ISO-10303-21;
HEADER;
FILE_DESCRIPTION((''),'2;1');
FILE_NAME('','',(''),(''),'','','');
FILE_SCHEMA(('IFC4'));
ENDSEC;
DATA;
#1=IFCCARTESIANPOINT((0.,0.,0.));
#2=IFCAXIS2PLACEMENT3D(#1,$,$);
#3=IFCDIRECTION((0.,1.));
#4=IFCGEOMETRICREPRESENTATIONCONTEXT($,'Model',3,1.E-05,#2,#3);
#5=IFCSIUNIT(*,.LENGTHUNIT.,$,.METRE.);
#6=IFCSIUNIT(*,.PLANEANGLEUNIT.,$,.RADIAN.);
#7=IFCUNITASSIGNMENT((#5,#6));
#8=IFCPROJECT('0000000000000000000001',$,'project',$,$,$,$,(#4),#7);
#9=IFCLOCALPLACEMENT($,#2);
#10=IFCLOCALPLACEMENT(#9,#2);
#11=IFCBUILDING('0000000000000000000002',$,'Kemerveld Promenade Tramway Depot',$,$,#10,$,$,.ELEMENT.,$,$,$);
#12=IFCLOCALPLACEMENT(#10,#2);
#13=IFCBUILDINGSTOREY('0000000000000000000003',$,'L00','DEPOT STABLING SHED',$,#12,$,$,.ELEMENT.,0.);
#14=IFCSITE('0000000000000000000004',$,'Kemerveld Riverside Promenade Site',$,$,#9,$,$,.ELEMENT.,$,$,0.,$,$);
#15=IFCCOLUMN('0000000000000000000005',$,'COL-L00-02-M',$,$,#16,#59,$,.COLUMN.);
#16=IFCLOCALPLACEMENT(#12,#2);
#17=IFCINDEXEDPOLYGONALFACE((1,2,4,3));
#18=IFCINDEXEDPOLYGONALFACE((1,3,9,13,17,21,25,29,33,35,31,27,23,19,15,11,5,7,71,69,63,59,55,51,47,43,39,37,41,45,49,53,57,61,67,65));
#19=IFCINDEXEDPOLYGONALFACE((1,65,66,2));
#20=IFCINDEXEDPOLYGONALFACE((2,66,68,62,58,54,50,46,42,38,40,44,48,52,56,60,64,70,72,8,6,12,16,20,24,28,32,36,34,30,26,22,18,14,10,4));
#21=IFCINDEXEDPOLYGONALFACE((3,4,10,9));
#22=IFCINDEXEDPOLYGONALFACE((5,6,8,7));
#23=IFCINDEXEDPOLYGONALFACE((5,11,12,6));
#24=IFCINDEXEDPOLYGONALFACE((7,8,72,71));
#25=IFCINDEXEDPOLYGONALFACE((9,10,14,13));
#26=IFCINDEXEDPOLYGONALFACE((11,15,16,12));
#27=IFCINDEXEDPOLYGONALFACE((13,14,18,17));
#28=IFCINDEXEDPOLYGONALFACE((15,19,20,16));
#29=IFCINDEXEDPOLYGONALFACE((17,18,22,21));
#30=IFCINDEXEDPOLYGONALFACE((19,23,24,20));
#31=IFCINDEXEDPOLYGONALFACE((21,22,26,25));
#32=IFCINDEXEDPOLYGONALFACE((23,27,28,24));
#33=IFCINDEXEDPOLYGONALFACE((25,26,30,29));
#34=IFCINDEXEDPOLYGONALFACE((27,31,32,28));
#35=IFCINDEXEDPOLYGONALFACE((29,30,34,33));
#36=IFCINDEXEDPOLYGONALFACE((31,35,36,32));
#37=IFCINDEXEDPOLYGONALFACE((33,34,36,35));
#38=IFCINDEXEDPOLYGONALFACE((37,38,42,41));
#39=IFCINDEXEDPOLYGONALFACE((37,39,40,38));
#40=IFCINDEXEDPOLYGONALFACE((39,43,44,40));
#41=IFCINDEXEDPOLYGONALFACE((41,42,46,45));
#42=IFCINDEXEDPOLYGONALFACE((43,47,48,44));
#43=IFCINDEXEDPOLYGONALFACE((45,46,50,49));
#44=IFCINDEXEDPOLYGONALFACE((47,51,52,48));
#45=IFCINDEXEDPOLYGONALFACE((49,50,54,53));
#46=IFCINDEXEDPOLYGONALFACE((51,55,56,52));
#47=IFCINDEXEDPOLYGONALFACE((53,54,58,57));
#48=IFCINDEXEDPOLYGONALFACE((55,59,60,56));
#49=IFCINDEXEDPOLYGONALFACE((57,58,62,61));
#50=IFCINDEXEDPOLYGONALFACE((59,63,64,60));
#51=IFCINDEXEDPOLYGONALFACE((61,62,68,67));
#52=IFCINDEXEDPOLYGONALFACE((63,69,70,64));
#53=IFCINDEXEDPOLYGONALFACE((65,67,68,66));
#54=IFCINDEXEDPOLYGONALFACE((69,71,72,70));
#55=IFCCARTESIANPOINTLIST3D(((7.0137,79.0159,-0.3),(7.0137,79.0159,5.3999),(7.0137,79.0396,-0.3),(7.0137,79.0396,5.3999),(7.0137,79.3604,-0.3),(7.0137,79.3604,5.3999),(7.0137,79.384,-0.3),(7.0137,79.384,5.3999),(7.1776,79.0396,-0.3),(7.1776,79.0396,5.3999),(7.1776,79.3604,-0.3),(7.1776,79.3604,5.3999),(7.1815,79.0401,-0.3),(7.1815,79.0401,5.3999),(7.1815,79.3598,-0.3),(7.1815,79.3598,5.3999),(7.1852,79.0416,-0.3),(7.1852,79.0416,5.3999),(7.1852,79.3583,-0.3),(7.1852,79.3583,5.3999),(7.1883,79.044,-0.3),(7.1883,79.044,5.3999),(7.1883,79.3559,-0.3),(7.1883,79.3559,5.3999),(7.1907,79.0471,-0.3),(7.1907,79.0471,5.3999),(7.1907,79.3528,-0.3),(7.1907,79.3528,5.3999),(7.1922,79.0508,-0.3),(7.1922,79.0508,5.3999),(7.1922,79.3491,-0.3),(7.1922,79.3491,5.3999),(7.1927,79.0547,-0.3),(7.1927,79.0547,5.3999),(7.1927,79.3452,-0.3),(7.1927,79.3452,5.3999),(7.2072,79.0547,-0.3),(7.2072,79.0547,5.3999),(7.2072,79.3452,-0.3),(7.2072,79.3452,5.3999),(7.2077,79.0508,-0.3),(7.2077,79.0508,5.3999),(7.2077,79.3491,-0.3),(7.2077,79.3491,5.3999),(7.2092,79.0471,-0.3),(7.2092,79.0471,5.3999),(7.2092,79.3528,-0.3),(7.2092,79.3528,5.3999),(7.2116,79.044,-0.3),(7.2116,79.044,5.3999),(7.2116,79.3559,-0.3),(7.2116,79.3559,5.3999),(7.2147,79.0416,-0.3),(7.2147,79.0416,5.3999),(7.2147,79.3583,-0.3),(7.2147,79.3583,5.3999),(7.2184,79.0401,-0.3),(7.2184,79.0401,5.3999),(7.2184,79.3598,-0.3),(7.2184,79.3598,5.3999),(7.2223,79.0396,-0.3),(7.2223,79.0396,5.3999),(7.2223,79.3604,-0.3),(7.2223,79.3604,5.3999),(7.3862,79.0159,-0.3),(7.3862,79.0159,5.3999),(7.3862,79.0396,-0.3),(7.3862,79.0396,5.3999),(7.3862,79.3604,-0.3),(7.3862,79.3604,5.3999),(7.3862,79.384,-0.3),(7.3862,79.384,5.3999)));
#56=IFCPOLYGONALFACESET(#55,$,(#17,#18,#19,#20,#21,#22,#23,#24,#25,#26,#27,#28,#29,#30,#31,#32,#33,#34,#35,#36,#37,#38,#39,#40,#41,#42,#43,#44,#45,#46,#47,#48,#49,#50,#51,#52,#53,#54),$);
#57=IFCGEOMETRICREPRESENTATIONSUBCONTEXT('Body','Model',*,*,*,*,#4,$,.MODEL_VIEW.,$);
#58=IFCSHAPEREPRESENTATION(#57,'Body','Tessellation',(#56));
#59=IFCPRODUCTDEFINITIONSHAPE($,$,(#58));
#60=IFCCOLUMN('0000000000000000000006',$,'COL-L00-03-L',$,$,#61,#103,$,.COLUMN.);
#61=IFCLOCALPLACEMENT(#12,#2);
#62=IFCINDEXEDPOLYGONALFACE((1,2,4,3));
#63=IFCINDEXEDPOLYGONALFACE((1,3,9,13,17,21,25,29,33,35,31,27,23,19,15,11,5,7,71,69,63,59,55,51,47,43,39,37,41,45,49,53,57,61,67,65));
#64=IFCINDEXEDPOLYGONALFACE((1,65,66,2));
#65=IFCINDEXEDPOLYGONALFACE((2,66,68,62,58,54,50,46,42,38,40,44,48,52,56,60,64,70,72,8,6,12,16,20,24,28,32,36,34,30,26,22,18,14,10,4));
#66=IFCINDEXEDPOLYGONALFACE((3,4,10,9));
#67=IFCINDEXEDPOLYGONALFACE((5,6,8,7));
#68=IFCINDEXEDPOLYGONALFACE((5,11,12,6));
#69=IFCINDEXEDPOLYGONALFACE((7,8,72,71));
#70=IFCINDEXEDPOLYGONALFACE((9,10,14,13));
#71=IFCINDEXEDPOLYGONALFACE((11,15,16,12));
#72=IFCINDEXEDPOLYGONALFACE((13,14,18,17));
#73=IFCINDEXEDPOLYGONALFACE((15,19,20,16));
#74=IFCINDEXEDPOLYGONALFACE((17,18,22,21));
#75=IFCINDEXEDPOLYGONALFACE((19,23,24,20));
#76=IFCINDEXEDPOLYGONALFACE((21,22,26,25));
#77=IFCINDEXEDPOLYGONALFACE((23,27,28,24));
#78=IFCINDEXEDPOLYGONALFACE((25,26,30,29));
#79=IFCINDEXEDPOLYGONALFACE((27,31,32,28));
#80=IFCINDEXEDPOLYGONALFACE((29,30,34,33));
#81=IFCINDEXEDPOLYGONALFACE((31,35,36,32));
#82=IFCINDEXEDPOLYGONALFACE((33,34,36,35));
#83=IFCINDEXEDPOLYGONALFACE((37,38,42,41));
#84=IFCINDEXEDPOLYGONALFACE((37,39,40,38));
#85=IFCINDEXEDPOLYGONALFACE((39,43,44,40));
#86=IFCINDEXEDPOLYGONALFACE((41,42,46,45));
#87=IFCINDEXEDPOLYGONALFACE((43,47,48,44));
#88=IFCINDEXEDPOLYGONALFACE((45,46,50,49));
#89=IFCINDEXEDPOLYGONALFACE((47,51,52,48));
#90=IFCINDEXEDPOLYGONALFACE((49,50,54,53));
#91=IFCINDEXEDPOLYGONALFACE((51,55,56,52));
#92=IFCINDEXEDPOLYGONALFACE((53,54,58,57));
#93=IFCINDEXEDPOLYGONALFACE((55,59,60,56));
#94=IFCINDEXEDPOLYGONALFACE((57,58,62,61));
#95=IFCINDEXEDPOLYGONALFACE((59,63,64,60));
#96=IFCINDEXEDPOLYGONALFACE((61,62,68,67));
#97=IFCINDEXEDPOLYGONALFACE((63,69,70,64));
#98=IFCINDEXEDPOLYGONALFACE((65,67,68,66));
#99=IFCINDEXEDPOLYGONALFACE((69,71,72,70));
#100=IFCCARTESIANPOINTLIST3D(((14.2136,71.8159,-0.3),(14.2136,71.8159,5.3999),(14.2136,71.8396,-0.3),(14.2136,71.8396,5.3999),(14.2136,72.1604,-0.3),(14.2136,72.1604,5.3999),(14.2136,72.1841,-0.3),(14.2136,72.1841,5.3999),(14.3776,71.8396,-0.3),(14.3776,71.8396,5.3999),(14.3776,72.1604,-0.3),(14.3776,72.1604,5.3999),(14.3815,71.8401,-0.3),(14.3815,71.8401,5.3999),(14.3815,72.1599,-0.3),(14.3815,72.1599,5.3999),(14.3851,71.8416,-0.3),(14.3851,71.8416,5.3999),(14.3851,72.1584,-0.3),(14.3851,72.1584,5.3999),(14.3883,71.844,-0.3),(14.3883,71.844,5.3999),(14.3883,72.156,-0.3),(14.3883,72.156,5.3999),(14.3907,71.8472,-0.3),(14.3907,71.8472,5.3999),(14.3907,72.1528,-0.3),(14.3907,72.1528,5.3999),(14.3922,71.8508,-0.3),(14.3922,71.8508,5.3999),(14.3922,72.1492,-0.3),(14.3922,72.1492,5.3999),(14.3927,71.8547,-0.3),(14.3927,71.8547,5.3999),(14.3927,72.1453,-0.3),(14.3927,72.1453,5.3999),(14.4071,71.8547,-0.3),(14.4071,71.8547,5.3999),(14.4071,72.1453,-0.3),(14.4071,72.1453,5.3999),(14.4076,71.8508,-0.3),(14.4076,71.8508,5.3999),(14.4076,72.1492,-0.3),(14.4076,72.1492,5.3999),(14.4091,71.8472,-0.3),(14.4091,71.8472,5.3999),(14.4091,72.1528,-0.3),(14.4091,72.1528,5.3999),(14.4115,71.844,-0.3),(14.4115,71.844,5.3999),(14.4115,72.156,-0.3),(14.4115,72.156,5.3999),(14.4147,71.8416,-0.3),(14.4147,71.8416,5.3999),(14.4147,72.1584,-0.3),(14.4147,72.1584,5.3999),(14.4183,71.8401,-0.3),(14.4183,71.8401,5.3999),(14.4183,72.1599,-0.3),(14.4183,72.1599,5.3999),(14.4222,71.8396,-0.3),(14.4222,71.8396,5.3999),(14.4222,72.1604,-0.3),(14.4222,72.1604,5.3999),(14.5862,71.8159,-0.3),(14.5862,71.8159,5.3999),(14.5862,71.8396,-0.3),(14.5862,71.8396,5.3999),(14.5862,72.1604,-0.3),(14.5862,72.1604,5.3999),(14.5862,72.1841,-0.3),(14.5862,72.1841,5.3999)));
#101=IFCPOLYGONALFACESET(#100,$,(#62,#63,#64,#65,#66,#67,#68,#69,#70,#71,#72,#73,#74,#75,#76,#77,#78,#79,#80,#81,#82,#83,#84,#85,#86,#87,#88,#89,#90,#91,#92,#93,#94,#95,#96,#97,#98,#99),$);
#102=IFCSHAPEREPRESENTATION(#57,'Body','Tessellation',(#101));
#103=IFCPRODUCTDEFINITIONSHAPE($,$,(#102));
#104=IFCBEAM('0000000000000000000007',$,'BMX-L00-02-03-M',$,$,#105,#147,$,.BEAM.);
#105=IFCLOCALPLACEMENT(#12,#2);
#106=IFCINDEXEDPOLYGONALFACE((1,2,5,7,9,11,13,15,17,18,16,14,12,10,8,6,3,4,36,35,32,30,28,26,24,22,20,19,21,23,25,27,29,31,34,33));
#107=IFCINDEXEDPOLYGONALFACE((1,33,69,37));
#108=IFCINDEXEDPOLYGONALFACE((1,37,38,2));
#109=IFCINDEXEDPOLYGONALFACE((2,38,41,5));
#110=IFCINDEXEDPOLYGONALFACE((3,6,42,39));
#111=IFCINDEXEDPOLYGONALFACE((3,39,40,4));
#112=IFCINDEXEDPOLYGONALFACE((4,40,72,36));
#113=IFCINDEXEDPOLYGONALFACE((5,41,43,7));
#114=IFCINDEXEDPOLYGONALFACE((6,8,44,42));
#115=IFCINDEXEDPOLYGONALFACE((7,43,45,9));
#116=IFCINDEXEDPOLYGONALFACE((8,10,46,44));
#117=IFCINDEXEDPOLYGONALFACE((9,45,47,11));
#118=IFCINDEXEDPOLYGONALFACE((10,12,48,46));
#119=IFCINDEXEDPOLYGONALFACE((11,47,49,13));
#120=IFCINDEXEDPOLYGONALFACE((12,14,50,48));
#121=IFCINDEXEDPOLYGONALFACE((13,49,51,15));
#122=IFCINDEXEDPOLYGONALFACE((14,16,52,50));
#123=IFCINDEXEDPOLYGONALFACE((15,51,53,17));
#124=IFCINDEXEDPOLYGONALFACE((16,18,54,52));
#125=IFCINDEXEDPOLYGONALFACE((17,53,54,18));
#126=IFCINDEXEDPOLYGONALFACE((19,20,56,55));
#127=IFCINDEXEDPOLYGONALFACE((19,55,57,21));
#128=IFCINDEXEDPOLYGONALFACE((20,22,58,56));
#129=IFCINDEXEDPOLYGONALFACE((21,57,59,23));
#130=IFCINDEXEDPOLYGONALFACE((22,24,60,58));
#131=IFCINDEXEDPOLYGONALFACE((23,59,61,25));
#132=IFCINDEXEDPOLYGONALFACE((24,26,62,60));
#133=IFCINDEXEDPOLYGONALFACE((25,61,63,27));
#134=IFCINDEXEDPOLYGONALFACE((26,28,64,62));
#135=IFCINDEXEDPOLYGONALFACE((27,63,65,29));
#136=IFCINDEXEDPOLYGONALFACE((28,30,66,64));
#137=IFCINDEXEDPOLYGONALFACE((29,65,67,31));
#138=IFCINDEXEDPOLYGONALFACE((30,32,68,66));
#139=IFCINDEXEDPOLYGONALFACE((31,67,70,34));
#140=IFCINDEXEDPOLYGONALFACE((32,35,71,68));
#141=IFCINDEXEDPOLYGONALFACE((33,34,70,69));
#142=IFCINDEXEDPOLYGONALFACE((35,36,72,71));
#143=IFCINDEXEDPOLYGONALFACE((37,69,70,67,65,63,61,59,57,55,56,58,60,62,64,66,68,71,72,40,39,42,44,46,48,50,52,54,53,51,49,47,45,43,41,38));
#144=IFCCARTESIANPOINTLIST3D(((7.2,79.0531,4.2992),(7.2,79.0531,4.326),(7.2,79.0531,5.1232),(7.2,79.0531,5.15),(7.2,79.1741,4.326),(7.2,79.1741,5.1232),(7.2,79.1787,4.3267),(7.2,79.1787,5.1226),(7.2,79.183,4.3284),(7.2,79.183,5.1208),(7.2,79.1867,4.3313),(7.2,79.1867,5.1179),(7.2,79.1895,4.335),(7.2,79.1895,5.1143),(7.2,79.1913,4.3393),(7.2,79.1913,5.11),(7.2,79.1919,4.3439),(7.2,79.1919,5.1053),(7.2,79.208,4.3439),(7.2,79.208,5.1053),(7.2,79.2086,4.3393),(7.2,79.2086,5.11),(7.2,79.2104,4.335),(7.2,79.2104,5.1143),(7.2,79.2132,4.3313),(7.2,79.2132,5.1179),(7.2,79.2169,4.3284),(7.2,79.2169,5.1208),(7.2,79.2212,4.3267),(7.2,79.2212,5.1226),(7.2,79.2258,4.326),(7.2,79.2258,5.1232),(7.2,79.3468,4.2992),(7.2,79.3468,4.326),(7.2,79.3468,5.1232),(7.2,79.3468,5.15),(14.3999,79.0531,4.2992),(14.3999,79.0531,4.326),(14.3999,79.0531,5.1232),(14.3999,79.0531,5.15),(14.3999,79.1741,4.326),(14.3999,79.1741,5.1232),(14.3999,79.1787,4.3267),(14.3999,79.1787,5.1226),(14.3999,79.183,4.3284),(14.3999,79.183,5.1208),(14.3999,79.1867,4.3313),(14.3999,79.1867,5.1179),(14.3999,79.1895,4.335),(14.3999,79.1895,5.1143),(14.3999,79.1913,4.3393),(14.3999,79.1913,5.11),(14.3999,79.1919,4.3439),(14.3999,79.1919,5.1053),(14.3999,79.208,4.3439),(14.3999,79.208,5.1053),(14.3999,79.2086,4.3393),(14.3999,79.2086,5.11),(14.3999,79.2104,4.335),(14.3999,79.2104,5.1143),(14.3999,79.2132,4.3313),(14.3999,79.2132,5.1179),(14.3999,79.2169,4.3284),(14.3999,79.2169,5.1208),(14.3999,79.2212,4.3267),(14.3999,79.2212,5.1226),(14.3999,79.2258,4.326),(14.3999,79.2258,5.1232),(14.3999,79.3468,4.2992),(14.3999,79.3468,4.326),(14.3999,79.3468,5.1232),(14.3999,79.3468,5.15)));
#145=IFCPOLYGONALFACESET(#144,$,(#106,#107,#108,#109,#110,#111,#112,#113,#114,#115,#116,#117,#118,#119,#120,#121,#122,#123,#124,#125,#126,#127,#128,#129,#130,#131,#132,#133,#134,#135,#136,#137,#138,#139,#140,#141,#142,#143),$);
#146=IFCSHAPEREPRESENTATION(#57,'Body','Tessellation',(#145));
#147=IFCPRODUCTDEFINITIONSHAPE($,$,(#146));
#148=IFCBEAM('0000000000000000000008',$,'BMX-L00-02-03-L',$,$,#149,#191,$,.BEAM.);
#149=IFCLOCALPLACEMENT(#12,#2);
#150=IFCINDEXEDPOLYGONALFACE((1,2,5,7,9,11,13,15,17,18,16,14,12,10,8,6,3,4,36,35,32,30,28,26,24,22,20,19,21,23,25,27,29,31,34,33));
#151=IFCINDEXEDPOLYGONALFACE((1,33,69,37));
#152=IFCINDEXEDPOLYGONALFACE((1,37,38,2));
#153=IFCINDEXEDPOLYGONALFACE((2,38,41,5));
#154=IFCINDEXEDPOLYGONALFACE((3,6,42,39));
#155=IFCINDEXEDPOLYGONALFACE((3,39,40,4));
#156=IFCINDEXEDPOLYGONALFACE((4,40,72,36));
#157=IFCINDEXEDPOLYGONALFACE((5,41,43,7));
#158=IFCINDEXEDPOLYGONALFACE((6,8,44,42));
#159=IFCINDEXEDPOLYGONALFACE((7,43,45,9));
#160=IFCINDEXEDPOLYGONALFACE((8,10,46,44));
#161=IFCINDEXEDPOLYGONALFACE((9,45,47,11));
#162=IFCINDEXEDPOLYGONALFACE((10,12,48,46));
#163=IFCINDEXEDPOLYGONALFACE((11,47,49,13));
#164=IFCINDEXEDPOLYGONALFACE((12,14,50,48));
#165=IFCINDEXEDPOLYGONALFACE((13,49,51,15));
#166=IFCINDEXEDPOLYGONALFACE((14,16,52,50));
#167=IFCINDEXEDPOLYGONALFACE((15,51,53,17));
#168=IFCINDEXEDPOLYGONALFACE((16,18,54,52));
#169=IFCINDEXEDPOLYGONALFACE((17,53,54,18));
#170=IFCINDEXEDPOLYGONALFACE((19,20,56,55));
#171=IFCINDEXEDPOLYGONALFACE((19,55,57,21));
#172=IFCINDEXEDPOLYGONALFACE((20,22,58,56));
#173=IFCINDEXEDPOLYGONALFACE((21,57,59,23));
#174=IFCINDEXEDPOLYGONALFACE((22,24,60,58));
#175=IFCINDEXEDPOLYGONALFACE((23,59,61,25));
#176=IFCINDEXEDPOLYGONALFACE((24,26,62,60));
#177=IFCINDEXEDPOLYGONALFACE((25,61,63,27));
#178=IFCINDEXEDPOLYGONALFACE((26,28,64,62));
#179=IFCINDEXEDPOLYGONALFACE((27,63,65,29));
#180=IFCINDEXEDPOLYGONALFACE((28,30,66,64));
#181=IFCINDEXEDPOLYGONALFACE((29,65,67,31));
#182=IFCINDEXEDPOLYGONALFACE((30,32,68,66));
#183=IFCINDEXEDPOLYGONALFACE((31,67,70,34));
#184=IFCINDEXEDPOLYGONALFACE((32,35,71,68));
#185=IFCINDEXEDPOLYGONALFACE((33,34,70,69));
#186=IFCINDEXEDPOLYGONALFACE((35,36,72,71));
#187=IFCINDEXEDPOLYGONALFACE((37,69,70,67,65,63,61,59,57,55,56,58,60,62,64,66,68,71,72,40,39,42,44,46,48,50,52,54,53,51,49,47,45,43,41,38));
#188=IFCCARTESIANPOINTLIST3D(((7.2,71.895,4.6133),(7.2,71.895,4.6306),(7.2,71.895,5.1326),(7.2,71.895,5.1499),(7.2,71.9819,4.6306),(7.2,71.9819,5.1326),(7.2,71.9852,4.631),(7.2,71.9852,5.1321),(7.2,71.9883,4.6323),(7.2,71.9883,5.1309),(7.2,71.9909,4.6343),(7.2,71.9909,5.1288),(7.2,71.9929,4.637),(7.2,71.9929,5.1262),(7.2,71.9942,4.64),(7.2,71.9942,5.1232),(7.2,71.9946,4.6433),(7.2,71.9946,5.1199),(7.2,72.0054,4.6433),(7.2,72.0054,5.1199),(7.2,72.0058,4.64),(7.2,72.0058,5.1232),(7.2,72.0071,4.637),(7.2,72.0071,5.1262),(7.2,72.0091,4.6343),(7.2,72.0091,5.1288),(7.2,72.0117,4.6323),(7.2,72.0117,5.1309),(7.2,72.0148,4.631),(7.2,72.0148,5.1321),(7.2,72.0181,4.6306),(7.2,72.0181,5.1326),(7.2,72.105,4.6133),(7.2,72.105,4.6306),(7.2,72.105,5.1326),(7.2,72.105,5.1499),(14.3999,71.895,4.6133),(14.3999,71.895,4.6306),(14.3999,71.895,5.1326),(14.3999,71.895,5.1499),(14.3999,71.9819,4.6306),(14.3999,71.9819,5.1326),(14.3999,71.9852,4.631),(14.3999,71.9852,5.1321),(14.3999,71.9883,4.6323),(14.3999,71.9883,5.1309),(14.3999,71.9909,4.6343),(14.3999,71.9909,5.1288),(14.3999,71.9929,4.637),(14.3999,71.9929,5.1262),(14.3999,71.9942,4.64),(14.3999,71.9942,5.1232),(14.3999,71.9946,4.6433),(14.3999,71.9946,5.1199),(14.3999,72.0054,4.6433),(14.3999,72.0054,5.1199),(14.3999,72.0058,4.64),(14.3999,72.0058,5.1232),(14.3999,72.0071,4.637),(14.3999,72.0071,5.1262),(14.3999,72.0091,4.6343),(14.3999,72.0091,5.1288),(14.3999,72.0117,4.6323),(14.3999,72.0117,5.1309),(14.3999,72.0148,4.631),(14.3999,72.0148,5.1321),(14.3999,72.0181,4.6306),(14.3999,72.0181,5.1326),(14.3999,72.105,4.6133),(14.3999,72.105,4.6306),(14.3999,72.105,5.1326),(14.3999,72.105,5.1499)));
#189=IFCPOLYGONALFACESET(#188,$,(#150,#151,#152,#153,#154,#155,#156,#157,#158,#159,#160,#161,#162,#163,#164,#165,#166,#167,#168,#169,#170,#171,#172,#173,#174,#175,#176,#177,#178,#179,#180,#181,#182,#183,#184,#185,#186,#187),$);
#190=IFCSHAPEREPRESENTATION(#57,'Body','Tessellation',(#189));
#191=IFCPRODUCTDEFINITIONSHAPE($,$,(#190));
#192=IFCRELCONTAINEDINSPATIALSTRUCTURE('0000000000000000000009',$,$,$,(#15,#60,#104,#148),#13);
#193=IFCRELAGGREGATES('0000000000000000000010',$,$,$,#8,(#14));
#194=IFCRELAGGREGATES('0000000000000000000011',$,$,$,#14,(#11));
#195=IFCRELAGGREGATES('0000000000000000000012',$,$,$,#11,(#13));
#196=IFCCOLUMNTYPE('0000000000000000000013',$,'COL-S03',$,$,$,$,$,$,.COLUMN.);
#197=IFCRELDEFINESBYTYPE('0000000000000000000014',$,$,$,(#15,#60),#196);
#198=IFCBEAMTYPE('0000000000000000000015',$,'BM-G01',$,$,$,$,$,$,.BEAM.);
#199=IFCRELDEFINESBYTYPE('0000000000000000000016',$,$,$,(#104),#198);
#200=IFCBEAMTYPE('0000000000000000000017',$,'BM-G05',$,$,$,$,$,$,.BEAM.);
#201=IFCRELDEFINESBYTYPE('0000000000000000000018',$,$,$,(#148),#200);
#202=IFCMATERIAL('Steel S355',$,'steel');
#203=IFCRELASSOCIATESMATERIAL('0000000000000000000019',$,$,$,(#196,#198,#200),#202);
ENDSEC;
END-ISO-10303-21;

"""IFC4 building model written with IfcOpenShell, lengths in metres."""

from ifc_helpers import new_model, si_unit, direction, frame, origin, origin_2d, place, context, subcontext, project, spatial, i_section, extrude, material, material_profile, profile_set, type_object, element, save


model = new_model("IFC4")

# Units and contexts
model_context = context("Model", 3, precision=1e-05, world=origin(), true_north=direction((0.0, 1.0)))
body_context = subcontext(model_context, "Body", "Model", "MODEL_VIEW")
ifc_project = project(units=[si_unit("LENGTHUNIT", "METRE"), si_unit("PLANEANGLEUNIT", "RADIAN")], contexts=[model_context])

# Site, building, storey
site_placement = place(None, origin())
site = spatial("IfcSite", under=ifc_project, at=site_placement, Name="Kemerveld Riverside Promenade Site", CompositionType="ELEMENT", RefElevation=0.0)
building_placement = place(site_placement, origin())
building = spatial("IfcBuilding", under=site, at=building_placement, Name="Kemerveld Promenade Tramway Depot", CompositionType="ELEMENT")
storey_placement = place(building_placement, origin())
storey = spatial("IfcBuildingStorey", under=building, at=storey_placement, Name="L00", Description="DEPOT STABLING SHED", CompositionType="ELEMENT", Elevation=0.0)

# Columns
ifc_material_1 = material(Name="Steel S355", Category="steel")
ifc_material_profile_1 = material_profile(ifc_material_1, i_section(OverallWidth=0.3726, OverallDepth=0.3682, WebThickness=0.0144, FlangeThickness=0.0237, FilletRadius=0.0151, at=origin_2d()), Name="356x368x177 UC")
ifc_profile_set_1 = profile_set([ifc_material_profile_1], Name="Steel S355")
column_type = type_object("IfcColumnType", Name="COL-S03", PredefinedType="COLUMN", material=ifc_profile_set_1)
for number, where, z_axis, x_axis, name in (
    (1, (7.2, 79.2, -0.3), (0.0, 0.0, 1.0), (1.0, 0.0, 0.0), "COL-L00-02-M"),
    (2, (14.3999, 72.0, -0.3), (0.0, 0.0, 1.0), (1.0, 0.0, 0.0), "COL-L00-03-L"),
):
    element("IfcColumn", number, at=place(storey_placement, frame(where, z_axis=z_axis, x_axis=x_axis)), inside=storey, type_object=column_type, Name=name, PredefinedType="COLUMN", context=body_context, shape_type="SweptSolid", body=[
        extrude(i_section(OverallWidth=0.3726, OverallDepth=0.3682, WebThickness=0.0144, FlangeThickness=0.0237, FilletRadius=0.0151, at=origin_2d()), origin(), (0.0, 0.0, 1.0), 5.7),
    ])

# Beams
ifc_material_profile_2 = material_profile(ifc_material_1, i_section(OverallWidth=0.2937, OverallDepth=0.8508, WebThickness=0.0161, FlangeThickness=0.0269, FilletRadius=0.0178, at=origin_2d()), Name="838x292x226 UB")
ifc_profile_set_2 = profile_set([ifc_material_profile_2], Name="Steel S355")
beam_type_1 = type_object("IfcBeamType", Name="BM-G01", PredefinedType="BEAM", material=ifc_profile_set_2)
beam_1_placement = place(storey_placement, frame((7.2, 79.2, 4.7246), z_axis=(1.0, 0.0, 0.0), x_axis=(0.0, 1.0, 0.0)))
element("IfcBeam", 3, at=beam_1_placement, inside=storey, type_object=beam_type_1, Name="BMX-L00-02-03-M", PredefinedType="BEAM", context=body_context, shape_type="SweptSolid", body=[
    extrude(i_section(OverallWidth=0.2937, OverallDepth=0.8508, WebThickness=0.0161, FlangeThickness=0.0269, FilletRadius=0.0178, at=origin_2d()), origin(), (0.0, 0.0, 1.0), 7.2),
])
ifc_material_profile_3 = material_profile(ifc_material_1, i_section(OverallWidth=0.21, OverallDepth=0.5366, WebThickness=0.0107, FlangeThickness=0.0173, FilletRadius=0.0127, at=origin_2d()), Name="533x210x101 UB")
ifc_profile_set_3 = profile_set([ifc_material_profile_3], Name="Steel S355")
beam_type_2 = type_object("IfcBeamType", Name="BM-G05", PredefinedType="BEAM", material=ifc_profile_set_3)
beam_2_placement = place(storey_placement, frame((7.2, 72.0, 4.8816), z_axis=(1.0, 0.0, 0.0), x_axis=(0.0, 1.0, 0.0)))
element("IfcBeam", 4, at=beam_2_placement, inside=storey, type_object=beam_type_2, Name="BMX-L00-02-03-L", PredefinedType="BEAM", context=body_context, shape_type="SweptSolid", body=[
    extrude(i_section(OverallWidth=0.21, OverallDepth=0.5366, WebThickness=0.0107, FlangeThickness=0.0173, FilletRadius=0.0127, at=origin_2d()), origin(), (0.0, 0.0, 1.0), 7.2),
])

save(model, "model.ifc")
